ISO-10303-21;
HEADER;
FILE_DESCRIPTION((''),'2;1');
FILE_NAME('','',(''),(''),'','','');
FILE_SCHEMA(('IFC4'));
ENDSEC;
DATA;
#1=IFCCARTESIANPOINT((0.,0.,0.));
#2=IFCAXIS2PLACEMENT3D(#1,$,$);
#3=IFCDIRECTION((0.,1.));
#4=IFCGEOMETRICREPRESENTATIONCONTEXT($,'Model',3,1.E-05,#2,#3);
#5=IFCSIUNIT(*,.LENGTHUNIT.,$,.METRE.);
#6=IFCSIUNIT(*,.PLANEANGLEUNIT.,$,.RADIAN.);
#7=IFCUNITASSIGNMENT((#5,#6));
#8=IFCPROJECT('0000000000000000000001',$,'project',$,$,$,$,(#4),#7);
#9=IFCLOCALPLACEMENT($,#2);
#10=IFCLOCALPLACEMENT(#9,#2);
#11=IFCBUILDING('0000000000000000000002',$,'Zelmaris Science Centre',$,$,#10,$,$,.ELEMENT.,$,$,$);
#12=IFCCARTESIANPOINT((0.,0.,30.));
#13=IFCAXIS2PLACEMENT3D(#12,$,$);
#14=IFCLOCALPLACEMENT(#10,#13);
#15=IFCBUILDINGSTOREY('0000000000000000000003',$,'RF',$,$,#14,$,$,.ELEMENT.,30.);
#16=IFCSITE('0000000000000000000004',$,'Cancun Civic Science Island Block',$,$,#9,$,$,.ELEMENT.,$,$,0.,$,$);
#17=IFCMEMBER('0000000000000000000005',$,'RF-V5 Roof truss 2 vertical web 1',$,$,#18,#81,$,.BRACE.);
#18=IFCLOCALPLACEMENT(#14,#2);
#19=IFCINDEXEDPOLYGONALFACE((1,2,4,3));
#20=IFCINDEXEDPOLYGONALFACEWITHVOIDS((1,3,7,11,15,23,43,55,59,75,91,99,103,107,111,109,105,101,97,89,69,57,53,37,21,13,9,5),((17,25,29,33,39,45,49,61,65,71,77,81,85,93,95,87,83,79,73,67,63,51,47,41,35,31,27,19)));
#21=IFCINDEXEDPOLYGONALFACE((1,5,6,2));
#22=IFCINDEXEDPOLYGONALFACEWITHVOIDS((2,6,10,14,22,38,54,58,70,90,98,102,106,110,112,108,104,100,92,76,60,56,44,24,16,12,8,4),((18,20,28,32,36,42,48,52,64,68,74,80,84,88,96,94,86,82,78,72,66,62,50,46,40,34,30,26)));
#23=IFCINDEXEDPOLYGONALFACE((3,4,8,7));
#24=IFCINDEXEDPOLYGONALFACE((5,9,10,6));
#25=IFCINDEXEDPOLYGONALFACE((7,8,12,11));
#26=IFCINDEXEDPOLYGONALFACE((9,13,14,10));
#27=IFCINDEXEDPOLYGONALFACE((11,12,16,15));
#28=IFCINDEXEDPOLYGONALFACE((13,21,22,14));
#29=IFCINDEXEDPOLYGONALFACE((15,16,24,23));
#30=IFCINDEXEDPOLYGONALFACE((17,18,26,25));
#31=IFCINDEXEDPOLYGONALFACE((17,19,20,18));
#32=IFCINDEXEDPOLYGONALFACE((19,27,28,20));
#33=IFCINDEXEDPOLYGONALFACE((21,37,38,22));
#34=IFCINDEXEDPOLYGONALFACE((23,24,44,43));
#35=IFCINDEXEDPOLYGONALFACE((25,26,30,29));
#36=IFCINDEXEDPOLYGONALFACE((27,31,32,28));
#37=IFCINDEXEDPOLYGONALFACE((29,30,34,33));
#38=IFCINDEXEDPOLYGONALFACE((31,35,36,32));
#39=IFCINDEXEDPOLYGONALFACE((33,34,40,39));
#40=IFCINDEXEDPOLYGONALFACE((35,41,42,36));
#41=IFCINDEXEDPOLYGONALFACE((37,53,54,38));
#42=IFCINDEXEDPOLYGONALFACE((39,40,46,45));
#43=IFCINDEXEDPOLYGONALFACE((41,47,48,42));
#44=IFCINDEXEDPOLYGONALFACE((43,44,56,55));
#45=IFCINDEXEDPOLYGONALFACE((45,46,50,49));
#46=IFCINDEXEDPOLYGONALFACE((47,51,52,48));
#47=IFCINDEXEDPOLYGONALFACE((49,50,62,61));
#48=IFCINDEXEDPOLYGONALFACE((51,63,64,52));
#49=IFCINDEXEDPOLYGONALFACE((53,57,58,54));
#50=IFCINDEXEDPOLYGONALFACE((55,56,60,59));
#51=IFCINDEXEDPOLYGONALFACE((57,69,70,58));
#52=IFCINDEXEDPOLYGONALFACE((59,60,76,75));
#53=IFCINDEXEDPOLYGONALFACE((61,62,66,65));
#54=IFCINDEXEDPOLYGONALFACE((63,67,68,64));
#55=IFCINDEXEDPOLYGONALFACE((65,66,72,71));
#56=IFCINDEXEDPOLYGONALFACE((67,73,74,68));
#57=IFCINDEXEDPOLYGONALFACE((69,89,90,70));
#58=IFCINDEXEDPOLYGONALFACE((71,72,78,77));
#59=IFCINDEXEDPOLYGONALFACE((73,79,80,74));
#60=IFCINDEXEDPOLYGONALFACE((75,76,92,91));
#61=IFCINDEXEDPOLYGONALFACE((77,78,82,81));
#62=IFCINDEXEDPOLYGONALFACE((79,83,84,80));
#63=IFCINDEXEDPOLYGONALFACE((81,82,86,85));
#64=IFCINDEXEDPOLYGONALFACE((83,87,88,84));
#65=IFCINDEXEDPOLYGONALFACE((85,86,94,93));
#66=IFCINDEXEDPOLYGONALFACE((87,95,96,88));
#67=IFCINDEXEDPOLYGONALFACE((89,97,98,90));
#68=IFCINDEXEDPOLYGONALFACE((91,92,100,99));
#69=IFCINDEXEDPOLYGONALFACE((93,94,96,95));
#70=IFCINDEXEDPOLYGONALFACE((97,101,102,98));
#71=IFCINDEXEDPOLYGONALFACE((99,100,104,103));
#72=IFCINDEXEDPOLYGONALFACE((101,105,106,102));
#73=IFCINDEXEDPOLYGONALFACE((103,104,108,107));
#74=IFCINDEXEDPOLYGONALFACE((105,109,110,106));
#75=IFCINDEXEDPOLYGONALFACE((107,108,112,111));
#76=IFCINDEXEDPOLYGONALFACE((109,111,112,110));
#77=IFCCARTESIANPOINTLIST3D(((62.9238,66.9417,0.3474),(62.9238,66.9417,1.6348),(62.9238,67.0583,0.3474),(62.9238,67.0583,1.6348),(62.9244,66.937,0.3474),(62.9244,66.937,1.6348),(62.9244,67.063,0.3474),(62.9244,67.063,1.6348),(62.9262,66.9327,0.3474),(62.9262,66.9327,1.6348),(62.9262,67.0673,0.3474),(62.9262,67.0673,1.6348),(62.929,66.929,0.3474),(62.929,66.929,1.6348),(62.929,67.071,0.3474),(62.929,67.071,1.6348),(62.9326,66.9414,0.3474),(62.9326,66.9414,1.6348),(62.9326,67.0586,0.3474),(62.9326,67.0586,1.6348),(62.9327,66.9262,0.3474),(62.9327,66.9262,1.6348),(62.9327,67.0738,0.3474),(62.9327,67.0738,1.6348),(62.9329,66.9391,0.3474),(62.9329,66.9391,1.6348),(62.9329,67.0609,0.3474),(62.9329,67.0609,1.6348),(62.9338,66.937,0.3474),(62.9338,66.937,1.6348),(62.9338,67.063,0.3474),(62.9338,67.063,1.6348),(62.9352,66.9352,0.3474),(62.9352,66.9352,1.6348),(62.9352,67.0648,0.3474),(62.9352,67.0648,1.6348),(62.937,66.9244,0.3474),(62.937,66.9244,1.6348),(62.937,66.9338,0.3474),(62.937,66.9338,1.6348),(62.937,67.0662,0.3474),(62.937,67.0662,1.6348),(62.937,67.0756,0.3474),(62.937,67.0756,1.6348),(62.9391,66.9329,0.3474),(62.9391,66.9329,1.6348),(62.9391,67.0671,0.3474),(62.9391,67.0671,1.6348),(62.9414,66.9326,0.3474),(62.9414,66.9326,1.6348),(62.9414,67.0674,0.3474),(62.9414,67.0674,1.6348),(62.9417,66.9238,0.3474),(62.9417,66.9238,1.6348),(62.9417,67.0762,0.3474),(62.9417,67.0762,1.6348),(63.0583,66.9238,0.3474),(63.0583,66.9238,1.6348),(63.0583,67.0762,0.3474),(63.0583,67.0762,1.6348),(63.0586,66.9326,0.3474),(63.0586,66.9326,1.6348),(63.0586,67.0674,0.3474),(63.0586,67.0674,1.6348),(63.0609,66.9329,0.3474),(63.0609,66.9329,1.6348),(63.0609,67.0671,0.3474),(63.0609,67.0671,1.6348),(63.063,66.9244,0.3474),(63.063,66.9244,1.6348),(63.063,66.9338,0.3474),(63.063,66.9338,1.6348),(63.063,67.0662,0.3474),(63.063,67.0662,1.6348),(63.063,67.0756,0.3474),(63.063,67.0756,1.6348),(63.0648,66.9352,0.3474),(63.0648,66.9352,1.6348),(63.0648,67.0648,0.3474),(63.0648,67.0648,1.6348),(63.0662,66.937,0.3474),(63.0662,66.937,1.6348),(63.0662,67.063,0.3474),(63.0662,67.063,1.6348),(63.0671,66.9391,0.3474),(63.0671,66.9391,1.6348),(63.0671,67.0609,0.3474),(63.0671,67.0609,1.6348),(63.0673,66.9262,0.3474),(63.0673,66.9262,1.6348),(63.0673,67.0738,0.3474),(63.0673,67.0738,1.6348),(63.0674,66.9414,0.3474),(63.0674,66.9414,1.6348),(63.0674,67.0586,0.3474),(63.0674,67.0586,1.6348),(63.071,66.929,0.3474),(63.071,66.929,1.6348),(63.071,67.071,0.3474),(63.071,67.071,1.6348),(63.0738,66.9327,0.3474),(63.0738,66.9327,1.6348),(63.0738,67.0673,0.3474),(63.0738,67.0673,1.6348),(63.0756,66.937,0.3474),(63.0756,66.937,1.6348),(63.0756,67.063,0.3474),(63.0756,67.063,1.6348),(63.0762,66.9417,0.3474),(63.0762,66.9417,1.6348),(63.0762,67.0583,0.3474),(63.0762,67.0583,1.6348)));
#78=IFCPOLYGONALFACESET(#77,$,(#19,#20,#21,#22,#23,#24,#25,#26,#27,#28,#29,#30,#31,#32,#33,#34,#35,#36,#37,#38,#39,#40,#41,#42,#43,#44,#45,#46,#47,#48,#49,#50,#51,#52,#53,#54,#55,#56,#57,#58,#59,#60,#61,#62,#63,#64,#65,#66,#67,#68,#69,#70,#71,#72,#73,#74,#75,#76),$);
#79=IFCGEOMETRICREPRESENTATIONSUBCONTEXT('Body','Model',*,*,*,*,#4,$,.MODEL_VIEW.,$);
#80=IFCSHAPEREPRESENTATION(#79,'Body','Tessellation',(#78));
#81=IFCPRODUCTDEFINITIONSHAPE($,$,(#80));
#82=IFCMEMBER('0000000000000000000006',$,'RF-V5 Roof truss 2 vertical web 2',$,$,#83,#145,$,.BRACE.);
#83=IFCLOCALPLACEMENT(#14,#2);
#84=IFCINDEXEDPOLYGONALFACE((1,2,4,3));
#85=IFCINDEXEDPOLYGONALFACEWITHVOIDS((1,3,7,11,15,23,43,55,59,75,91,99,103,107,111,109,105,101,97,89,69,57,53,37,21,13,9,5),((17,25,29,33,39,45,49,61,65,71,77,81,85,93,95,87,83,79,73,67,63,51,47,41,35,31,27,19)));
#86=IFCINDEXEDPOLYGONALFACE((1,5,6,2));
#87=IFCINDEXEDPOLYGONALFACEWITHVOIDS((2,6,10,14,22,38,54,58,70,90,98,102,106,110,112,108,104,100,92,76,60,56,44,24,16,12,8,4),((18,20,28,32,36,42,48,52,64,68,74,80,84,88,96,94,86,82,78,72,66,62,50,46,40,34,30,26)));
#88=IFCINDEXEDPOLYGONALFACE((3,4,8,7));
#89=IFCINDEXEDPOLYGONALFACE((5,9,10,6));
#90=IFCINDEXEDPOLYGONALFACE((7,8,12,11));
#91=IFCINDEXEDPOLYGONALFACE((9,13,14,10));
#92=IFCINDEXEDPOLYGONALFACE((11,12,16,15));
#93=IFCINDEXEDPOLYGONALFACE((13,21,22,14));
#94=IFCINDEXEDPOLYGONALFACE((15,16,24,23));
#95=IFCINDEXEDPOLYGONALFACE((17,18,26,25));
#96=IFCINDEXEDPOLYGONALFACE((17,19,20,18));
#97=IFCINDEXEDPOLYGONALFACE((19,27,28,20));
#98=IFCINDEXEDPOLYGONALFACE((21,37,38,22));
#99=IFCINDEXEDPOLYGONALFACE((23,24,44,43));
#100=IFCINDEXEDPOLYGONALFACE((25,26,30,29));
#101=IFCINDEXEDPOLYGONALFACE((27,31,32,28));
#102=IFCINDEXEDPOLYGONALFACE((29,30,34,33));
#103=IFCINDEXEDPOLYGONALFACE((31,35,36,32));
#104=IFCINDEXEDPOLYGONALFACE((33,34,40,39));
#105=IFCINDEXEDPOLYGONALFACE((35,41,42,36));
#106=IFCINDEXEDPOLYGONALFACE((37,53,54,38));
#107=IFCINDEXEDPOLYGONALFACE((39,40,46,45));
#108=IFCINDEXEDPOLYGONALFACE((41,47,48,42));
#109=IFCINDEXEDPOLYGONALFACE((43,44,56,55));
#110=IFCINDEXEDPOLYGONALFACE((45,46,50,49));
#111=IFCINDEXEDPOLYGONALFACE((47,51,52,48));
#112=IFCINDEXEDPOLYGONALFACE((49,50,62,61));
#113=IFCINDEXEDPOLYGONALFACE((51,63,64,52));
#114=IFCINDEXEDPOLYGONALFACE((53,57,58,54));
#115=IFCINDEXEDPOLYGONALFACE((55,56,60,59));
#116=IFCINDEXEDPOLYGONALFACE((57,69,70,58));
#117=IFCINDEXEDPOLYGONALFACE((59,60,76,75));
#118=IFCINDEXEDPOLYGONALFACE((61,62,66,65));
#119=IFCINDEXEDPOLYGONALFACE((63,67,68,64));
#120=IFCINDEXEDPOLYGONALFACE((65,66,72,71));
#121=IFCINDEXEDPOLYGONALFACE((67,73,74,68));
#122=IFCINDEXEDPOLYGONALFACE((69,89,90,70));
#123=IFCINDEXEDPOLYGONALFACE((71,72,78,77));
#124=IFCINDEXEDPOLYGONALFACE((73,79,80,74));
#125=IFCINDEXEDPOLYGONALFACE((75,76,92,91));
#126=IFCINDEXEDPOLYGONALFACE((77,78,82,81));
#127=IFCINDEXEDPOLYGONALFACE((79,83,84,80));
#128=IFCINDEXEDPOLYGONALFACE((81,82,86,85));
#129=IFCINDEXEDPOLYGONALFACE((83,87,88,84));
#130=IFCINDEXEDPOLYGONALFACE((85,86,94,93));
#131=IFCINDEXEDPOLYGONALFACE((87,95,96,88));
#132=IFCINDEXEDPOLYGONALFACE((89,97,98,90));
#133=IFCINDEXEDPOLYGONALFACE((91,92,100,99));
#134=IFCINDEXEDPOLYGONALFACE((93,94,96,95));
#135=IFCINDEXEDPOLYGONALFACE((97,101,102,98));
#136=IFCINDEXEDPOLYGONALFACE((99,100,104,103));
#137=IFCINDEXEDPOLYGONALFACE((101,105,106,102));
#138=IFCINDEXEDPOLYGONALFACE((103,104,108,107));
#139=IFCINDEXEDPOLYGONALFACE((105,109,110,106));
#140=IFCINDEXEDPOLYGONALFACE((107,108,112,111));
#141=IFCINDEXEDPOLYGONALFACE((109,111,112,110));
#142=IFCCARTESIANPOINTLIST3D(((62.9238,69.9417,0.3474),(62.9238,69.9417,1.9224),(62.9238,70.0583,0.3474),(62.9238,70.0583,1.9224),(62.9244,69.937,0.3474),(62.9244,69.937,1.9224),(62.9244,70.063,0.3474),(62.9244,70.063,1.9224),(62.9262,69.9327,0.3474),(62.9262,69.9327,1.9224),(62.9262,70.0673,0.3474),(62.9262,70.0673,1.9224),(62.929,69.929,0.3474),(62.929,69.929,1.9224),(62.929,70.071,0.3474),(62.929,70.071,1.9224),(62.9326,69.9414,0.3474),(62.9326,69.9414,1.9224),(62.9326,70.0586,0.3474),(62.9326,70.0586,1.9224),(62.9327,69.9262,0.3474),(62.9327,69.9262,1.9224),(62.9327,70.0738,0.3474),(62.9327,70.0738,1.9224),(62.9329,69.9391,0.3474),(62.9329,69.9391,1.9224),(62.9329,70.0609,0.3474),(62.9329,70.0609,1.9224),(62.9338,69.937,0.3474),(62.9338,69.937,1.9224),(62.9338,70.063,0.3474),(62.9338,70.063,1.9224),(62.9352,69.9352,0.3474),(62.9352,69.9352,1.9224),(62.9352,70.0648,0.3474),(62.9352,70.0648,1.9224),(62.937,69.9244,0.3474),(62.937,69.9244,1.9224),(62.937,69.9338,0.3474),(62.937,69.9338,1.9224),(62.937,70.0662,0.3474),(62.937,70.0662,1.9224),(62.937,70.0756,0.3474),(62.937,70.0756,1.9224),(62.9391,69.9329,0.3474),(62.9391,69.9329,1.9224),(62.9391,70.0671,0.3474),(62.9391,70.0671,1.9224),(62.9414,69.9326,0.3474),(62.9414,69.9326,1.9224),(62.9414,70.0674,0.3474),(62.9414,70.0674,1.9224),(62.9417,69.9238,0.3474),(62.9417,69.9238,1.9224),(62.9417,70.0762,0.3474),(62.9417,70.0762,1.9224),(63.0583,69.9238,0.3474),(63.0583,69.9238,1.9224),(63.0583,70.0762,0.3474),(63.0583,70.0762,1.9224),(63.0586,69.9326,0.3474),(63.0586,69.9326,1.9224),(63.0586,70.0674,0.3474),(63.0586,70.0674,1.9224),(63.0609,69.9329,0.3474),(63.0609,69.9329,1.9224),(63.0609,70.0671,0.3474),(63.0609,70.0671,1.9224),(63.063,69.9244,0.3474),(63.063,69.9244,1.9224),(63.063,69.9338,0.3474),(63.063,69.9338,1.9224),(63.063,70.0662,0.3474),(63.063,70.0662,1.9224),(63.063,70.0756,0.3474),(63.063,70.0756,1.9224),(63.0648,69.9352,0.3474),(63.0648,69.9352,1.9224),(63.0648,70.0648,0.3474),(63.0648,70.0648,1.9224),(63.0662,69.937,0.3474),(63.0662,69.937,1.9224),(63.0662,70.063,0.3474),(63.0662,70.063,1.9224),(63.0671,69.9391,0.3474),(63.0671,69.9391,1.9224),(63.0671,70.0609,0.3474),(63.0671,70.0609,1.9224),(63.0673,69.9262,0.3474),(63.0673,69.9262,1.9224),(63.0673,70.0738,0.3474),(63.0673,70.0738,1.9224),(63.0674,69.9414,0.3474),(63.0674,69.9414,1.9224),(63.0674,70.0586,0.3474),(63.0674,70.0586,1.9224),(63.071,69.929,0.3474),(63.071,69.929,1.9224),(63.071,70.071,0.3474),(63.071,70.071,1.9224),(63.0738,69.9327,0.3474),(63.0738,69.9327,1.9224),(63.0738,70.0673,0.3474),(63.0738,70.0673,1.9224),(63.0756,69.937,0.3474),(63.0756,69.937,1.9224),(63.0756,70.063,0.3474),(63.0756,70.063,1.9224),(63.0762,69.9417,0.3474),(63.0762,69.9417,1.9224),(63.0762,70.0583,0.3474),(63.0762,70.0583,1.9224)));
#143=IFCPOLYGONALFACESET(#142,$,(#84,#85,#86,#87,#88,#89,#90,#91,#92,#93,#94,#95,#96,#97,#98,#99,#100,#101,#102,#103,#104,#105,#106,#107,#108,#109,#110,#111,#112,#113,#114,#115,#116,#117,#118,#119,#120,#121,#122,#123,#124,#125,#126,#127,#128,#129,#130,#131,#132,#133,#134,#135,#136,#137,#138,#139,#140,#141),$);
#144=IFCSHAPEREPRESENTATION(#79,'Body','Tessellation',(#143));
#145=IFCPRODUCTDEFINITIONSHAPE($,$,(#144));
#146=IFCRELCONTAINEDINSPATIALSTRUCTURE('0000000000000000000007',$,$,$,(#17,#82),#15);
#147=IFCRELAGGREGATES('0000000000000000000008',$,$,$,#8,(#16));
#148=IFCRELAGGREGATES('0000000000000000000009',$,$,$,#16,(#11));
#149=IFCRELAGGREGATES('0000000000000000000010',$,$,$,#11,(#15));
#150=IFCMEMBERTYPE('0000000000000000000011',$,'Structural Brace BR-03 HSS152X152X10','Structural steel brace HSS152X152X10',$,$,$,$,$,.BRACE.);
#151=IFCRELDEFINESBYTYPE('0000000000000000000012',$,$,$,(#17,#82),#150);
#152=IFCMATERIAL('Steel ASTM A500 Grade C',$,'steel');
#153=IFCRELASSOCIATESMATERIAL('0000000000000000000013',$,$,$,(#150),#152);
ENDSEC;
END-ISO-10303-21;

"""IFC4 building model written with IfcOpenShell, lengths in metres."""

from ifc_helpers import new_model, si_unit, direction, frame, origin, origin_2d, place, context, subcontext, project, spatial, hollow_rectangle, extrude, material, material_profile, profile_set, type_object, element, save


model = new_model("IFC4")

# Units and contexts
model_context = context("Model", 3, precision=1e-05, world=origin(), true_north=direction((0.0, 1.0)))
body_context = subcontext(model_context, "Body", "Model", "MODEL_VIEW")
ifc_project = project(units=[si_unit("LENGTHUNIT", "METRE"), si_unit("PLANEANGLEUNIT", "RADIAN")], contexts=[model_context])

# Site, building, storey
site_placement = place(None, origin())
site = spatial("IfcSite", under=ifc_project, at=site_placement, Name="Cancun Civic Science Island Block", CompositionType="ELEMENT", RefElevation=0.0)
building_placement = place(site_placement, origin())
building = spatial("IfcBuilding", under=site, at=building_placement, Name="Zelmaris Science Centre", CompositionType="ELEMENT")
storey_placement = place(building_placement, frame((0.0, 0.0, 30.0)))
storey = spatial("IfcBuildingStorey", under=building, at=storey_placement, Name="RF", CompositionType="ELEMENT", Elevation=30.0)

# Shared definitions
ifc_material_1 = material(Name="Steel ASTM A500 Grade C", Category="steel")

# Members
ifc_material_profile_1 = material_profile(ifc_material_1, hollow_rectangle(XDim=0.1523, YDim=0.1523, WallThickness=0.0088, InnerFilletRadius=0.0088, OuterFilletRadius=0.0178, at=origin_2d()), Name="HSS152X152X10")
ifc_profile_set_1 = profile_set([ifc_material_profile_1], Name="Steel ASTM A500 Grade C")
member_type_1 = type_object("IfcMemberType", Name="Structural Brace BR-03 HSS152X152X10", Description="Structural steel brace HSS152X152X10", PredefinedType="BRACE", material=ifc_profile_set_1)
member_1_placement = place(storey_placement, frame((63.0, 67.0, 0.3474), z_axis=(0.0, 0.0, 1.0), x_axis=(1.0, 0.0, 0.0)))
element("IfcMember", 1, at=member_1_placement, inside=storey, type_object=member_type_1, Name="RF-V5 Roof truss 2 vertical web 1", PredefinedType="BRACE", context=body_context, shape_type="SweptSolid", body=[
    extrude(hollow_rectangle(XDim=0.1523, YDim=0.1523, WallThickness=0.0088, InnerFilletRadius=0.0088, OuterFilletRadius=0.0178, at=origin_2d()), origin(), (0.0, 0.0, 1.0), 1.2874),
])
member_2_placement = place(storey_placement, frame((63.0, 70.0, 0.3474), z_axis=(0.0, 0.0, 1.0), x_axis=(1.0, 0.0, 0.0)))
element("IfcMember", 2, at=member_2_placement, inside=storey, type_object=member_type_1, Name="RF-V5 Roof truss 2 vertical web 2", PredefinedType="BRACE", context=body_context, shape_type="SweptSolid", body=[
    extrude(hollow_rectangle(XDim=0.1523, YDim=0.1523, WallThickness=0.0088, InnerFilletRadius=0.0088, OuterFilletRadius=0.0178, at=origin_2d()), origin(), (0.0, 0.0, 1.0), 1.575),
])

save(model, "model.ifc")
